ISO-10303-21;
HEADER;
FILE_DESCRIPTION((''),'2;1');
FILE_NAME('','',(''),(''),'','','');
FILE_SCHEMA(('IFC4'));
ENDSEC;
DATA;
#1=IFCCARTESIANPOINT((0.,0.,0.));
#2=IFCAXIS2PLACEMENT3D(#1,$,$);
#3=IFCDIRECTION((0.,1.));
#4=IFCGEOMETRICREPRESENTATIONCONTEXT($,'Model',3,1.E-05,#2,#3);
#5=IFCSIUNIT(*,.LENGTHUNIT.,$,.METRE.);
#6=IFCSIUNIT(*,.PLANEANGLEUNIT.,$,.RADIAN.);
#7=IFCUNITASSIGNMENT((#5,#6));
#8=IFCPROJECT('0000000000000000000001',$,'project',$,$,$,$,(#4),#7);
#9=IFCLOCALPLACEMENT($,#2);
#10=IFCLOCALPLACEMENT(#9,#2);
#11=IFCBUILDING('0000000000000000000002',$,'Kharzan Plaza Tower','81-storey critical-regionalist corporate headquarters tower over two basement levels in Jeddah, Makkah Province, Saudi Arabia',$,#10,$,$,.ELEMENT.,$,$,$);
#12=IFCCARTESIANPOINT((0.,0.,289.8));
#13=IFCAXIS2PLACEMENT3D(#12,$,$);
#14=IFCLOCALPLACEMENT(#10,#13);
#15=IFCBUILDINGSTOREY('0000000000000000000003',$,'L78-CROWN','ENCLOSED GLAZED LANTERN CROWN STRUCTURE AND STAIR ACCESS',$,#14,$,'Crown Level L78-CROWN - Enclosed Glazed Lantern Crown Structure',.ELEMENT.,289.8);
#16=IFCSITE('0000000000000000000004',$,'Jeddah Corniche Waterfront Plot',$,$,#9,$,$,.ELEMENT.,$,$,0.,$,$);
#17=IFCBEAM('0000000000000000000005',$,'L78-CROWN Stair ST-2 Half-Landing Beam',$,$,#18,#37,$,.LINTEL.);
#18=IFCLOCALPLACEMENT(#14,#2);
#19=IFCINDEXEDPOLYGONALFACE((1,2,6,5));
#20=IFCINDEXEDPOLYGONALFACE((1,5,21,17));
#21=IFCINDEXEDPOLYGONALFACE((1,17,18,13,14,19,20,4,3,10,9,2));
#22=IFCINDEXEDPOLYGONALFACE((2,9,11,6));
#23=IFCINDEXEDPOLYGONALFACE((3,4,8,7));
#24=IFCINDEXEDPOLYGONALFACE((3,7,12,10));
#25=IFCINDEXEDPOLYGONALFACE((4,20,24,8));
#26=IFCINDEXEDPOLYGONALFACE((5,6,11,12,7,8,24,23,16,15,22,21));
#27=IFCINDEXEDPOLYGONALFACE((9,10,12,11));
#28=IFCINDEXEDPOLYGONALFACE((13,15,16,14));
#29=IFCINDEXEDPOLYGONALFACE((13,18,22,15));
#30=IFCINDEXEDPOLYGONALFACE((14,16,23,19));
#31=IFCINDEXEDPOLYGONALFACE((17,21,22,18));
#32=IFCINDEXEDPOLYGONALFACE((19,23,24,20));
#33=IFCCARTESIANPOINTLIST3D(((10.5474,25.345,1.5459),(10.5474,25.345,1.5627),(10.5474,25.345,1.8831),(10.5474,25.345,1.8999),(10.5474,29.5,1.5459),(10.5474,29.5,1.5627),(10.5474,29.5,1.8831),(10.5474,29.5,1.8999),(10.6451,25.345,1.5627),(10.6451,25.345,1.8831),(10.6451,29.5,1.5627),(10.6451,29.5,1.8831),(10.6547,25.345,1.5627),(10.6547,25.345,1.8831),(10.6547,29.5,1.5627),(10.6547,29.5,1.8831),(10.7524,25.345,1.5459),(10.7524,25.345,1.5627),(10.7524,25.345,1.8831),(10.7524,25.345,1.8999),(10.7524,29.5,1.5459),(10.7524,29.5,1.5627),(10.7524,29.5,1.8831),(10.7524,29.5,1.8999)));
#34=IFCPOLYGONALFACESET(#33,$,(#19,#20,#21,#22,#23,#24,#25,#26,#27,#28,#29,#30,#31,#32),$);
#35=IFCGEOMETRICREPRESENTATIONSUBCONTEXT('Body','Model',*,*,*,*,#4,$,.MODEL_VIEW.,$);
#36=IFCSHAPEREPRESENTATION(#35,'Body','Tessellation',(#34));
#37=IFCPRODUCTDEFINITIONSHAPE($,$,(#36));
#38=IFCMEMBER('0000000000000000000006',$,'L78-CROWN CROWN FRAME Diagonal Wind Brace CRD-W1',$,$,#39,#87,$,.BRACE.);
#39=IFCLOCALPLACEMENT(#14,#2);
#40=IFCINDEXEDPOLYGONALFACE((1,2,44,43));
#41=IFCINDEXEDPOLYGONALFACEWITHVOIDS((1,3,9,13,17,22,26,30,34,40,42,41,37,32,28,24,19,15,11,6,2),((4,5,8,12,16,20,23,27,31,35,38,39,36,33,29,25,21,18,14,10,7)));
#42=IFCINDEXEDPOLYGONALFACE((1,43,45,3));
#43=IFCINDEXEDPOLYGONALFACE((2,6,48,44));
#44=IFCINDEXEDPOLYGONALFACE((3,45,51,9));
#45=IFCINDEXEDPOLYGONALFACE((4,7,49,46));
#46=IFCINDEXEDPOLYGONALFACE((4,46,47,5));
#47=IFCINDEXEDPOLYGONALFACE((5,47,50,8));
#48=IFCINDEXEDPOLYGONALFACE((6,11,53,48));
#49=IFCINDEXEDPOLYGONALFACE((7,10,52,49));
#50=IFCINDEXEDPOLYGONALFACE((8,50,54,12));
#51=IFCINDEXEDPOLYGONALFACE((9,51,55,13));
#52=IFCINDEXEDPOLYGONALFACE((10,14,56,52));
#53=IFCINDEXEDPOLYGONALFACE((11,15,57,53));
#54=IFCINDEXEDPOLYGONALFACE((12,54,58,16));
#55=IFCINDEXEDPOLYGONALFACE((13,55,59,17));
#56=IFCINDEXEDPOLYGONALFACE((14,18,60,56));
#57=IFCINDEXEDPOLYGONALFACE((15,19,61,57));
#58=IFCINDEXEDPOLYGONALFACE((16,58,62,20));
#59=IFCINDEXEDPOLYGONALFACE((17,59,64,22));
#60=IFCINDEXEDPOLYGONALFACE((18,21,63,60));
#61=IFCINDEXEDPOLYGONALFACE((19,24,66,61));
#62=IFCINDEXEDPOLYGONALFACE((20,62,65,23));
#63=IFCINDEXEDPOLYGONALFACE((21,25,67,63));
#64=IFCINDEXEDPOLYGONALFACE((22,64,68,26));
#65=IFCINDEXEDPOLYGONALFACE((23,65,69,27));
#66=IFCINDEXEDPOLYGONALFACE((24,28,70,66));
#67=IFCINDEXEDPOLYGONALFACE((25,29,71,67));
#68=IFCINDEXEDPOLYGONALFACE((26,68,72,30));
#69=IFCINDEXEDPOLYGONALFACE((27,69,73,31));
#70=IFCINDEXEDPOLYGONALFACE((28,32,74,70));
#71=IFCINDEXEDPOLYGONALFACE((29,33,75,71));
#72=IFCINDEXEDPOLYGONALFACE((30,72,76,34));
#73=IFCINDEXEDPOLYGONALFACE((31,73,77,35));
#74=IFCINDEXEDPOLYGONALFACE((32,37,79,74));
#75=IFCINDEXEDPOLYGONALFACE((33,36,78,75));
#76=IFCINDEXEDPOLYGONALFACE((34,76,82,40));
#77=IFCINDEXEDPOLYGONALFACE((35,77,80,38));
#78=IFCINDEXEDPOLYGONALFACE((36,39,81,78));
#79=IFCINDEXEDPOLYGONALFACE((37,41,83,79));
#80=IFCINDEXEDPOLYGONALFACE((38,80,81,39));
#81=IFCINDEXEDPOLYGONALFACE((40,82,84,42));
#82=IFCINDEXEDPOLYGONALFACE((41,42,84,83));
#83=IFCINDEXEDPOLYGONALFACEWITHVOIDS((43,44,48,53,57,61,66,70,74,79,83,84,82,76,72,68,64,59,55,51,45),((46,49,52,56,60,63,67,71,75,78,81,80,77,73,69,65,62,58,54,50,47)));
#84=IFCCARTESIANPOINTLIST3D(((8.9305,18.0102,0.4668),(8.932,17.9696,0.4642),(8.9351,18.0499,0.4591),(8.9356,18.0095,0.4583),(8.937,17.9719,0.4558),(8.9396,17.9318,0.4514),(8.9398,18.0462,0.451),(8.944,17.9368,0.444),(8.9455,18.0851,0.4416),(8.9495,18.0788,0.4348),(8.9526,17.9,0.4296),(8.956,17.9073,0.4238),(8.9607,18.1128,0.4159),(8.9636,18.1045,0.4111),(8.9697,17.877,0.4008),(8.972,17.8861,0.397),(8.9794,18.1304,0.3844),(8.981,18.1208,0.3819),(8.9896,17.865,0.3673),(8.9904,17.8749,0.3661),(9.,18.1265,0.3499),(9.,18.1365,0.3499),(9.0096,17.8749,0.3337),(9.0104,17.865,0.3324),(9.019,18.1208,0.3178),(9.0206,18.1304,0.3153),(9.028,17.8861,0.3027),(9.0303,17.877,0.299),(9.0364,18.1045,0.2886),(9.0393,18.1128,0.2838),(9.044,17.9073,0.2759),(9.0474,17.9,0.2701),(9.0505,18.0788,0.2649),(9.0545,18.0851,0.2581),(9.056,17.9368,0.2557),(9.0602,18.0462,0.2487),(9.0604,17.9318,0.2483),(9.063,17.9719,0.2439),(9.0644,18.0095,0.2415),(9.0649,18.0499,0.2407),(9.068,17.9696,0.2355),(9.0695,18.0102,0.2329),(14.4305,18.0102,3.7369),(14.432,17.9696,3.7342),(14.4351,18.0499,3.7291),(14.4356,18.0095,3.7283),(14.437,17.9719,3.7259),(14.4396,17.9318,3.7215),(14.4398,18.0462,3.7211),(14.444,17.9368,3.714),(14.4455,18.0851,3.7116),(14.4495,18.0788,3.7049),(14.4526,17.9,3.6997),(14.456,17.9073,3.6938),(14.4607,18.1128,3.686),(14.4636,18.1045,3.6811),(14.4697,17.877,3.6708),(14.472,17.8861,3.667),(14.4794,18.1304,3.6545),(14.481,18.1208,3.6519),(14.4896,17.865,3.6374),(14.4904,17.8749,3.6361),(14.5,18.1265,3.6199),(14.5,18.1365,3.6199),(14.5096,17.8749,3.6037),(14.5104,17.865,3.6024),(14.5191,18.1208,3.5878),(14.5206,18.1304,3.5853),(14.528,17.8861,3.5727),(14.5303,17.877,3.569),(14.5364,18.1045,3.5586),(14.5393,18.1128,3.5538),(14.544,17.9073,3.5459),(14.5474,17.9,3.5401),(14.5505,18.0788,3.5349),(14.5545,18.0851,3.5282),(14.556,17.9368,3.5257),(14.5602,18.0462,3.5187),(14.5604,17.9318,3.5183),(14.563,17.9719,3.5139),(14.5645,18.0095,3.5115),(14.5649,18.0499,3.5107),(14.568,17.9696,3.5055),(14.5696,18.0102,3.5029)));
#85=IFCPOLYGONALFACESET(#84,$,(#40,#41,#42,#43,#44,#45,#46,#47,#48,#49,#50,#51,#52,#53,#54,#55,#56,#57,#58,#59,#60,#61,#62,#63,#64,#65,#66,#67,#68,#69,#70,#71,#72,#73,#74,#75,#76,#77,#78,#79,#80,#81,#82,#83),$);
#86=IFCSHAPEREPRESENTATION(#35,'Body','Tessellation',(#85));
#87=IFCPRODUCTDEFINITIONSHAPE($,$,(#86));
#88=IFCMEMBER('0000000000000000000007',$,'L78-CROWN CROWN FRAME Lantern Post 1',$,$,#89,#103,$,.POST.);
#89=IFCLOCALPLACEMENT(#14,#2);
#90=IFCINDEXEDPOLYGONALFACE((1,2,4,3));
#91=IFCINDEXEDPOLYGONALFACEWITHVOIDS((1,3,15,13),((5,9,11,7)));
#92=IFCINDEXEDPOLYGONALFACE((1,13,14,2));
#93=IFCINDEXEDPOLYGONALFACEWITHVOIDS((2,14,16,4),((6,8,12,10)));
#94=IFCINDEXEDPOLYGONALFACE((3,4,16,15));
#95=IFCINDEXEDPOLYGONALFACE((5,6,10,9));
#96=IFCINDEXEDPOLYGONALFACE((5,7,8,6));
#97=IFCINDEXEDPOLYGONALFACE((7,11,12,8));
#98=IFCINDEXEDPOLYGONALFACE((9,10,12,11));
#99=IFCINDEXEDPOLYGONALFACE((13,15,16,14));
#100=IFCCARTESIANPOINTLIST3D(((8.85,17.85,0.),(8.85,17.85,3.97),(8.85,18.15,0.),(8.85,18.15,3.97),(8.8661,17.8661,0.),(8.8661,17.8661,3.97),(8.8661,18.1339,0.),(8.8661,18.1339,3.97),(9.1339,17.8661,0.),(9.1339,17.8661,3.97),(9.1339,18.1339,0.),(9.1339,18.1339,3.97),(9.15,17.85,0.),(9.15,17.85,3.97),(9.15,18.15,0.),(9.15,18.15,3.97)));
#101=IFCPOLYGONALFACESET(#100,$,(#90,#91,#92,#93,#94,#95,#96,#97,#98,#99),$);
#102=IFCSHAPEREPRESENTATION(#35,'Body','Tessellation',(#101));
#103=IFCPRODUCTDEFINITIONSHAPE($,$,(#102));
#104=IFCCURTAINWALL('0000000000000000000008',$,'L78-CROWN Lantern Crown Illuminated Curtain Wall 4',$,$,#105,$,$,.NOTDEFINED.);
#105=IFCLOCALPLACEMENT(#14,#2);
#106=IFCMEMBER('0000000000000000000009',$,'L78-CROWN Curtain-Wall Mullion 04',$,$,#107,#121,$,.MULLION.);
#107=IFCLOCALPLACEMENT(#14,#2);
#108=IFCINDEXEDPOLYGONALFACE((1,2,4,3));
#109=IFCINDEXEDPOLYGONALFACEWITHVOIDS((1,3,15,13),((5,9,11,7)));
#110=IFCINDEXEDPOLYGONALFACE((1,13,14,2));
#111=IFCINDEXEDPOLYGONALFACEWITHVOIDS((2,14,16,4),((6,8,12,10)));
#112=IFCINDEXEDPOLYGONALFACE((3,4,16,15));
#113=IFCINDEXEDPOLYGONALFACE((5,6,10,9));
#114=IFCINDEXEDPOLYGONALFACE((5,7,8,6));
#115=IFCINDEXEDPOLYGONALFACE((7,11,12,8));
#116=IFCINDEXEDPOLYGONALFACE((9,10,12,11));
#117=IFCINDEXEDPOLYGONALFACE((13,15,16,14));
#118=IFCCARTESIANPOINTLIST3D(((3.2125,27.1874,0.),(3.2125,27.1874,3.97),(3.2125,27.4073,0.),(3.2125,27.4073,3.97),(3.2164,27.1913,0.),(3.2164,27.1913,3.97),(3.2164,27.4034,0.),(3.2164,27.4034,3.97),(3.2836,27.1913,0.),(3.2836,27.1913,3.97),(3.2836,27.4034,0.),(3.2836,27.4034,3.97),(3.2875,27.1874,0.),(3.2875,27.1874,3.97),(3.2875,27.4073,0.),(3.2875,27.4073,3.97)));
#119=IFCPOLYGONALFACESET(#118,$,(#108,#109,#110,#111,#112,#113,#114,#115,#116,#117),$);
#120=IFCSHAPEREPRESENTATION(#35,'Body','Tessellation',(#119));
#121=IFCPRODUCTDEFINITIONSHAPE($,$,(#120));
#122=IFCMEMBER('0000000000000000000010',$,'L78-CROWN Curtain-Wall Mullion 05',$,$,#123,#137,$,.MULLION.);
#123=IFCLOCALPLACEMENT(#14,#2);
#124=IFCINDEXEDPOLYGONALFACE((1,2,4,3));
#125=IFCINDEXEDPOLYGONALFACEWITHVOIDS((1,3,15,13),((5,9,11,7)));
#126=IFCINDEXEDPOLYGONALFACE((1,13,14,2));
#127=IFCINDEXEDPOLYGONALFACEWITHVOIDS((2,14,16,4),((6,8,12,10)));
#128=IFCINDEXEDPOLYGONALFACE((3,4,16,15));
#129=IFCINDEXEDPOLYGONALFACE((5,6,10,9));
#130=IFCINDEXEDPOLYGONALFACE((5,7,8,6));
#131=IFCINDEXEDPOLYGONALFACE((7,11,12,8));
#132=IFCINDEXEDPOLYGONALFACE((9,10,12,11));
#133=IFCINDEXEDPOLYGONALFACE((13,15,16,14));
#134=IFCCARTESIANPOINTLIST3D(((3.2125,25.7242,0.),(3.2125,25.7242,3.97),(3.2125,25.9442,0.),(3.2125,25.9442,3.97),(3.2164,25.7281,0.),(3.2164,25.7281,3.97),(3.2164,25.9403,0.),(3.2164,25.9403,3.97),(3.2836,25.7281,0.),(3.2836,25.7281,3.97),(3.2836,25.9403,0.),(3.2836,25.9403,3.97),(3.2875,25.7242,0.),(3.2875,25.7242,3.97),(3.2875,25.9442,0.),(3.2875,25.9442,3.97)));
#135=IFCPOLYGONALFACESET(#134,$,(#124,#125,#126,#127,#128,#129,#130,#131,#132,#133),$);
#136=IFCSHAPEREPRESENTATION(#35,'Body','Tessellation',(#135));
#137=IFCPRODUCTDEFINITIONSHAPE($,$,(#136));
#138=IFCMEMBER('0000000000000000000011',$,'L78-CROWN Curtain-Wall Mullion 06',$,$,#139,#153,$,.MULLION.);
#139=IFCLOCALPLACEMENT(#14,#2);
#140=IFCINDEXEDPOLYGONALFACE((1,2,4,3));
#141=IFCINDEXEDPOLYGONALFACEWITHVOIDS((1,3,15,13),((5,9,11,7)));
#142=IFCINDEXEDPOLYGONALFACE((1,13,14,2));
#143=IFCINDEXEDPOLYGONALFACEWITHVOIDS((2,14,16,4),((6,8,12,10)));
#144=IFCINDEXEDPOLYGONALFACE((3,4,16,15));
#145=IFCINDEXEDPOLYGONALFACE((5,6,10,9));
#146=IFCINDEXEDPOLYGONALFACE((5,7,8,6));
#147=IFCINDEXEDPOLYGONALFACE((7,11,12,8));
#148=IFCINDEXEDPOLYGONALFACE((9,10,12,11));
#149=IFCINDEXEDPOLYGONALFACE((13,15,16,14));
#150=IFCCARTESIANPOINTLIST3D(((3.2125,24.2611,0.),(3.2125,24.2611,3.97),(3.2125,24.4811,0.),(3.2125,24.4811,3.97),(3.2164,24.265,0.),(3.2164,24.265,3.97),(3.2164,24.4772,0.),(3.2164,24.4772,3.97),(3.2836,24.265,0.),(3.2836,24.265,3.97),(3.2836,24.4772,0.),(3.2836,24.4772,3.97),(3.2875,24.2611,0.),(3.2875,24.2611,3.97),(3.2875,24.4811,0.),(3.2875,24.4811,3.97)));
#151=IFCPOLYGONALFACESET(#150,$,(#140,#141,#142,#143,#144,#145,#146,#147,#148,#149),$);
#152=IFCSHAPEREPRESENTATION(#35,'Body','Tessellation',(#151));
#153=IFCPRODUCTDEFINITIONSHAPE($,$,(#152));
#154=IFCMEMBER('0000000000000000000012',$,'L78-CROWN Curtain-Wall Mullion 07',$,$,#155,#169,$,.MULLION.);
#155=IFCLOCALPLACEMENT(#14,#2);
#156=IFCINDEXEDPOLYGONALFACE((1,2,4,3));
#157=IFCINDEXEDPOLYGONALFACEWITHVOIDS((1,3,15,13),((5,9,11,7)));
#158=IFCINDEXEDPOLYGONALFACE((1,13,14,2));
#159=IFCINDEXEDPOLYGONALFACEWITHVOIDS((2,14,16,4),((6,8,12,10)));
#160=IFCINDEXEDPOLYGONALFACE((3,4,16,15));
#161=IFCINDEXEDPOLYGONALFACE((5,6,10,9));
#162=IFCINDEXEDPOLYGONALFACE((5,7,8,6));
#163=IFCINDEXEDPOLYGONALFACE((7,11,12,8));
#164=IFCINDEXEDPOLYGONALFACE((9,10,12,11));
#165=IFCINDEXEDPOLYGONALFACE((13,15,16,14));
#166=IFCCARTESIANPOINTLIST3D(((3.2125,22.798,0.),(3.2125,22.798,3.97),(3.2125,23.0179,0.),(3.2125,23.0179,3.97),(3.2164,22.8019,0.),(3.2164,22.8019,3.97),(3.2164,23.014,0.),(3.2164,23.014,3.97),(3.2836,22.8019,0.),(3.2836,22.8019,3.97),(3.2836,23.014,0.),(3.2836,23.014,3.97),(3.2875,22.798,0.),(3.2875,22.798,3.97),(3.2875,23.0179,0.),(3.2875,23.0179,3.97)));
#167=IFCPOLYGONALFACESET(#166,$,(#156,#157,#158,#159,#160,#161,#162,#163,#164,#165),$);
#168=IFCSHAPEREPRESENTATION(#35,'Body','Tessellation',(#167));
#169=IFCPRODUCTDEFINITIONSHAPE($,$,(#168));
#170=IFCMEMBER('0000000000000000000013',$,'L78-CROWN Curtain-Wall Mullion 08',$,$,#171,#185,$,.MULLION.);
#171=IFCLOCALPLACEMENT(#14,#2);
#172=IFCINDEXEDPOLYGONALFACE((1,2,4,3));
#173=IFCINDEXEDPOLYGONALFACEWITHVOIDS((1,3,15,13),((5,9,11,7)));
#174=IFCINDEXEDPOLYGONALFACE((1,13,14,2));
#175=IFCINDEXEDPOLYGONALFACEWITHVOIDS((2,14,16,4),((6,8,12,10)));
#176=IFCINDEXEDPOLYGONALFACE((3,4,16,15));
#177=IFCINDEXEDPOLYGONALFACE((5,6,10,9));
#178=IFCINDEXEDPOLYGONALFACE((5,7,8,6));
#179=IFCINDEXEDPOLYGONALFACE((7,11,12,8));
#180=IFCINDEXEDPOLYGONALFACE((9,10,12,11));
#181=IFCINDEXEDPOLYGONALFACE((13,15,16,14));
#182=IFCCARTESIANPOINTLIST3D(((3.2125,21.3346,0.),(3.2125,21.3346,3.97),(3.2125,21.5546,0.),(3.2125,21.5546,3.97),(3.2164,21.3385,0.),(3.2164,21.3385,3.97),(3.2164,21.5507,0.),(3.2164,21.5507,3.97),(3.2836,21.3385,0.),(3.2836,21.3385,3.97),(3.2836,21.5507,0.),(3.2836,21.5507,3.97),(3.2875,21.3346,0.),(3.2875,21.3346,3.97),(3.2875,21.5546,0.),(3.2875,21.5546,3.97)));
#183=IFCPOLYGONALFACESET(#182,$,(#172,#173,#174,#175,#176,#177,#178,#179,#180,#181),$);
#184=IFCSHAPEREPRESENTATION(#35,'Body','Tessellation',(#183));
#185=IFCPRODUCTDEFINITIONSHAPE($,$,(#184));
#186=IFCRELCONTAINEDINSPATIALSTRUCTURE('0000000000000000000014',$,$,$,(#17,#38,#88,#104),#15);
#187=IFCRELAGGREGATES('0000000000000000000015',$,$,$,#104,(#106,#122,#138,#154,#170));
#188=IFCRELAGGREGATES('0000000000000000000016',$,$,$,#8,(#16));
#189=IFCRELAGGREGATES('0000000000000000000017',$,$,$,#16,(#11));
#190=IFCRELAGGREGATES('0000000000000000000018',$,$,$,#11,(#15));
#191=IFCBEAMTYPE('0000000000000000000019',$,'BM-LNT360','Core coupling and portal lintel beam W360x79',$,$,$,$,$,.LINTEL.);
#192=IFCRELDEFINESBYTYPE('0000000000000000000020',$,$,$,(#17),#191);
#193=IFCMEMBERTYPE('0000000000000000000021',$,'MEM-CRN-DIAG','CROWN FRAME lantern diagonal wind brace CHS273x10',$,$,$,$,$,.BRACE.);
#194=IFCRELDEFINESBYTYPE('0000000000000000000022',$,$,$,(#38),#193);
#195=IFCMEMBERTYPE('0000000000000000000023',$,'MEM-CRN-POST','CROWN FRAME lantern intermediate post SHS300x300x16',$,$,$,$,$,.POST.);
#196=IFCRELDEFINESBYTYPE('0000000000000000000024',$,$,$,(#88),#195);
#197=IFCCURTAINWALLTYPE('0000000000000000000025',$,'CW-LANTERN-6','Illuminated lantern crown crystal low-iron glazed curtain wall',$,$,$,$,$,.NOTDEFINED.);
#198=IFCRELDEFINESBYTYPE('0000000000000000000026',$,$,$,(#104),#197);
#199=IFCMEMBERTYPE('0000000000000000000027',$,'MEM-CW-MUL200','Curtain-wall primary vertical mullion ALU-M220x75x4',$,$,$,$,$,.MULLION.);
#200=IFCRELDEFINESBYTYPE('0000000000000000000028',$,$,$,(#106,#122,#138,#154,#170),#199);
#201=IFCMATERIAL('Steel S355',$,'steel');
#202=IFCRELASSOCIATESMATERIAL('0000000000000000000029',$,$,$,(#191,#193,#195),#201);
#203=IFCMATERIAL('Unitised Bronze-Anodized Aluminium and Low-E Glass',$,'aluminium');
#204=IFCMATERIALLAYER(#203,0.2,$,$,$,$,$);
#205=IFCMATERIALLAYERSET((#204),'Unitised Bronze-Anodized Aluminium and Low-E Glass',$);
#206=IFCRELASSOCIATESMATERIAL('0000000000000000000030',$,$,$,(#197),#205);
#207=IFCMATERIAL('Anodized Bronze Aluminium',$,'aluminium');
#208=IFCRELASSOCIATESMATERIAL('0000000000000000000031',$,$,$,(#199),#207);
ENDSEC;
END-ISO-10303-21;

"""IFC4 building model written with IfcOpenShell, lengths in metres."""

from ifc_helpers import new_model, si_unit, direction, frame, origin, origin_2d, place, context, subcontext, project, spatial, hollow_rectangle, hollow_circle, i_section, extrude, source, transform, mapped, material, layer, layer_set, material_profile, profile_set, type_object, element, aggregate, save


model = new_model("IFC4")

# Units and contexts
model_context = context("Model", 3, precision=1e-05, world=origin(), true_north=direction((0.0, 1.0)))
body_context = subcontext(model_context, "Body", "Model", "MODEL_VIEW")
ifc_project = project(units=[si_unit("LENGTHUNIT", "METRE"), si_unit("PLANEANGLEUNIT", "RADIAN")], contexts=[model_context])

# Site, building, storey
site_placement = place(None, origin())
site = spatial("IfcSite", under=ifc_project, at=site_placement, Name="Jeddah Corniche Waterfront Plot", CompositionType="ELEMENT", RefElevation=0.0)
building_placement = place(site_placement, origin())
building = spatial("IfcBuilding", under=site, at=building_placement, Name="Kharzan Plaza Tower", Description="81-storey critical-regionalist corporate headquarters tower over two basement levels in Jeddah, Makkah Province, Saudi Arabia", CompositionType="ELEMENT")
storey_placement = place(building_placement, frame((0.0, 0.0, 289.8)))
storey = spatial("IfcBuildingStorey", under=building, at=storey_placement, Name="L78-CROWN", Description="ENCLOSED GLAZED LANTERN CROWN STRUCTURE AND STAIR ACCESS", LongName="Crown Level L78-CROWN - Enclosed Glazed Lantern Crown Structure", CompositionType="ELEMENT", Elevation=289.8)

# Beam
ifc_material_1 = material(Name="Steel S355", Category="steel")
ifc_material_profile_1 = material_profile(ifc_material_1, i_section(OverallWidth=0.2051, OverallDepth=0.354, WebThickness=0.0095, FlangeThickness=0.0168, at=origin_2d()), Name="W360x79")
ifc_profile_set_1 = profile_set([ifc_material_profile_1], Name="Steel S355")
beam_type = type_object("IfcBeamType", Name="BM-LNT360", Description="Core coupling and portal lintel beam W360x79", PredefinedType="LINTEL", material=ifc_profile_set_1)
shared_shape_1 = source(origin(), body_context, "Body", "SweptSolid", [
    extrude(i_section(OverallWidth=0.2051, OverallDepth=0.354, WebThickness=0.0095, FlangeThickness=0.0168, at=origin_2d()), origin(), (0.0, 0.0, 1.0), 4.155),
])
beam_placement = place(storey_placement, frame((10.6499, 25.345, 1.7229), z_axis=(0.0, 1.0, 0.0), x_axis=(-1.0, 0.0, 0.0)))
element("IfcBeam", 1, at=beam_placement, inside=storey, type_object=beam_type, Name="L78-CROWN Stair ST-2 Half-Landing Beam", PredefinedType="LINTEL", context=body_context, shape_type="MappedRepresentation", body=[
    mapped(shared_shape_1, transform((0.0, 0.0, 0.0), x_axis=(1.0, 0.0, 0.0), y_axis=(0.0, 1.0, 0.0), z_axis=(0.0, 0.0, 1.0))),
])

# Members
ifc_material_profile_2 = material_profile(ifc_material_1, hollow_circle(Radius=0.1365, WallThickness=0.01, at=origin_2d()), Name="CHS273x10")
ifc_profile_set_2 = profile_set([ifc_material_profile_2], Name="Steel S355")
member_type_1 = type_object("IfcMemberType", Name="MEM-CRN-DIAG", Description="CROWN FRAME lantern diagonal wind brace CHS273x10", PredefinedType="BRACE", material=ifc_profile_set_2)
shared_shape_2 = source(origin(), body_context, "Body", "SweptSolid", [
    extrude(hollow_circle(Radius=0.1365, WallThickness=0.01, at=origin_2d()), origin(), (0.0, 0.0, 1.0), 6.3987),
])
member_1_placement = place(storey_placement, frame((9.0, 18.0, 0.3499), z_axis=(0.859553, 0.0, 0.511046), x_axis=(0.0, 1.0, 0.0)))
element("IfcMember", 2, at=member_1_placement, inside=storey, type_object=member_type_1, Name="L78-CROWN CROWN FRAME Diagonal Wind Brace CRD-W1", PredefinedType="BRACE", context=body_context, shape_type="MappedRepresentation", body=[
    mapped(shared_shape_2, transform((0.0, 0.0, 0.0), x_axis=(1.0, 0.0, 0.0), y_axis=(0.0, 1.0, 0.0), z_axis=(0.0, 0.0, 1.0))),
])
ifc_material_profile_3 = material_profile(ifc_material_1, hollow_rectangle(XDim=0.3, YDim=0.3, WallThickness=0.0161, at=origin_2d()), Name="SHS300x300x16")
ifc_profile_set_3 = profile_set([ifc_material_profile_3], Name="Steel S355")
member_type_2 = type_object("IfcMemberType", Name="MEM-CRN-POST", Description="CROWN FRAME lantern intermediate post SHS300x300x16", PredefinedType="POST", material=ifc_profile_set_3)
shared_shape_3 = source(origin(), body_context, "Body", "SweptSolid", [
    extrude(hollow_rectangle(XDim=0.3, YDim=0.3, WallThickness=0.0161, at=origin_2d()), origin(), (0.0, 0.0, 1.0), 3.97),
])
member_2_placement = place(storey_placement, frame((9.0, 18.0, 0.0), z_axis=(0.0, 0.0, 1.0), x_axis=(1.0, 0.0, 0.0)))
element("IfcMember", 3, at=member_2_placement, inside=storey, type_object=member_type_2, Name="L78-CROWN CROWN FRAME Lantern Post 1", PredefinedType="POST", context=body_context, shape_type="MappedRepresentation", body=[
    mapped(shared_shape_3, transform((0.0, 0.0, 0.0), x_axis=(1.0, 0.0, 0.0), y_axis=(0.0, 1.0, 0.0), z_axis=(0.0, 0.0, 1.0))),
])

# Curtain wall, members
ifc_material_2 = material(Name="Unitised Bronze-Anodized Aluminium and Low-E Glass", Category="aluminium")
ifc_layer_1 = layer(ifc_material_2, 0.2)
ifc_layer_set_1 = layer_set([ifc_layer_1], Name="Unitised Bronze-Anodized Aluminium and Low-E Glass")
curtain_wall_type = type_object("IfcCurtainWallType", Name="CW-LANTERN-6", Description="Illuminated lantern crown crystal low-iron glazed curtain wall", PredefinedType="NOTDEFINED", material=ifc_layer_set_1)
curtain_wall_placement = place(storey_placement, origin())
curtain_wall = element("IfcCurtainWall", 4, at=curtain_wall_placement, inside=storey, type_object=curtain_wall_type, Name="L78-CROWN Lantern Crown Illuminated Curtain Wall 4", PredefinedType="NOTDEFINED")
ifc_material_3 = material(Name="Anodized Bronze Aluminium", Category="aluminium")
ifc_material_profile_4 = material_profile(ifc_material_3, hollow_rectangle(XDim=0.075, YDim=0.22, WallThickness=0.0039, at=origin_2d()), Name="ALU-M220x75x4")
ifc_profile_set_4 = profile_set([ifc_material_profile_4], Name="Anodized Bronze Aluminium")
member_type_3 = type_object("IfcMemberType", Name="MEM-CW-MUL200", Description="Curtain-wall primary vertical mullion ALU-M220x75x4", PredefinedType="MULLION", material=ifc_profile_set_4)
shared_shape_4 = source(origin(), body_context, "Body", "SweptSolid", [
    extrude(hollow_rectangle(XDim=0.075, YDim=0.22, WallThickness=0.0039, at=origin_2d()), origin(), (0.0, 0.0, 1.0), 3.97),
])
member_3_placement = place(storey_placement, frame((3.25, 27.2974, 0.0), z_axis=(0.0, 0.0, 1.0), x_axis=(1.0, 0.0, 0.0)))
member_3 = element("IfcMember", 5, at=member_3_placement, type_object=member_type_3, Name="L78-CROWN Curtain-Wall Mullion 04", PredefinedType="MULLION", context=body_context, shape_type="MappedRepresentation", body=[
    mapped(shared_shape_4, transform((0.0, 0.0, 0.0), x_axis=(1.0, 0.0, 0.0), y_axis=(0.0, 1.0, 0.0), z_axis=(0.0, 0.0, 1.0))),
])
member_4_placement = place(storey_placement, frame((3.25, 25.8342, 0.0), z_axis=(0.0, 0.0, 1.0), x_axis=(1.0, 0.0, 0.0)))
member_4 = element("IfcMember", 6, at=member_4_placement, type_object=member_type_3, Name="L78-CROWN Curtain-Wall Mullion 05", PredefinedType="MULLION", context=body_context, shape_type="MappedRepresentation", body=[
    mapped(shared_shape_4, transform((0.0, 0.0, 0.0), x_axis=(1.0, 0.0, 0.0), y_axis=(0.0, 1.0, 0.0), z_axis=(0.0, 0.0, 1.0))),
])
member_5_placement = place(storey_placement, frame((3.25, 24.3711, 0.0), z_axis=(0.0, 0.0, 1.0), x_axis=(1.0, 0.0, 0.0)))
member_5 = element("IfcMember", 7, at=member_5_placement, type_object=member_type_3, Name="L78-CROWN Curtain-Wall Mullion 06", PredefinedType="MULLION", context=body_context, shape_type="MappedRepresentation", body=[
    mapped(shared_shape_4, transform((0.0, 0.0, 0.0), x_axis=(1.0, 0.0, 0.0), y_axis=(0.0, 1.0, 0.0), z_axis=(0.0, 0.0, 1.0))),
])
member_6_placement = place(storey_placement, frame((3.25, 22.908, 0.0), z_axis=(0.0, 0.0, 1.0), x_axis=(1.0, 0.0, 0.0)))
member_6 = element("IfcMember", 8, at=member_6_placement, type_object=member_type_3, Name="L78-CROWN Curtain-Wall Mullion 07", PredefinedType="MULLION", context=body_context, shape_type="MappedRepresentation", body=[
    mapped(shared_shape_4, transform((0.0, 0.0, 0.0), x_axis=(1.0, 0.0, 0.0), y_axis=(0.0, 1.0, 0.0), z_axis=(0.0, 0.0, 1.0))),
])
member_7_placement = place(storey_placement, frame((3.25, 21.4446, 0.0), z_axis=(0.0, 0.0, 1.0), x_axis=(1.0, 0.0, 0.0)))
member_7 = element("IfcMember", 9, at=member_7_placement, type_object=member_type_3, Name="L78-CROWN Curtain-Wall Mullion 08", PredefinedType="MULLION", context=body_context, shape_type="MappedRepresentation", body=[
    mapped(shared_shape_4, transform((0.0, 0.0, 0.0), x_axis=(1.0, 0.0, 0.0), y_axis=(0.0, 1.0, 0.0), z_axis=(0.0, 0.0, 1.0))),
])

aggregate(curtain_wall, [member_3, member_4, member_5, member_6, member_7])

save(model, "model.ifc")
